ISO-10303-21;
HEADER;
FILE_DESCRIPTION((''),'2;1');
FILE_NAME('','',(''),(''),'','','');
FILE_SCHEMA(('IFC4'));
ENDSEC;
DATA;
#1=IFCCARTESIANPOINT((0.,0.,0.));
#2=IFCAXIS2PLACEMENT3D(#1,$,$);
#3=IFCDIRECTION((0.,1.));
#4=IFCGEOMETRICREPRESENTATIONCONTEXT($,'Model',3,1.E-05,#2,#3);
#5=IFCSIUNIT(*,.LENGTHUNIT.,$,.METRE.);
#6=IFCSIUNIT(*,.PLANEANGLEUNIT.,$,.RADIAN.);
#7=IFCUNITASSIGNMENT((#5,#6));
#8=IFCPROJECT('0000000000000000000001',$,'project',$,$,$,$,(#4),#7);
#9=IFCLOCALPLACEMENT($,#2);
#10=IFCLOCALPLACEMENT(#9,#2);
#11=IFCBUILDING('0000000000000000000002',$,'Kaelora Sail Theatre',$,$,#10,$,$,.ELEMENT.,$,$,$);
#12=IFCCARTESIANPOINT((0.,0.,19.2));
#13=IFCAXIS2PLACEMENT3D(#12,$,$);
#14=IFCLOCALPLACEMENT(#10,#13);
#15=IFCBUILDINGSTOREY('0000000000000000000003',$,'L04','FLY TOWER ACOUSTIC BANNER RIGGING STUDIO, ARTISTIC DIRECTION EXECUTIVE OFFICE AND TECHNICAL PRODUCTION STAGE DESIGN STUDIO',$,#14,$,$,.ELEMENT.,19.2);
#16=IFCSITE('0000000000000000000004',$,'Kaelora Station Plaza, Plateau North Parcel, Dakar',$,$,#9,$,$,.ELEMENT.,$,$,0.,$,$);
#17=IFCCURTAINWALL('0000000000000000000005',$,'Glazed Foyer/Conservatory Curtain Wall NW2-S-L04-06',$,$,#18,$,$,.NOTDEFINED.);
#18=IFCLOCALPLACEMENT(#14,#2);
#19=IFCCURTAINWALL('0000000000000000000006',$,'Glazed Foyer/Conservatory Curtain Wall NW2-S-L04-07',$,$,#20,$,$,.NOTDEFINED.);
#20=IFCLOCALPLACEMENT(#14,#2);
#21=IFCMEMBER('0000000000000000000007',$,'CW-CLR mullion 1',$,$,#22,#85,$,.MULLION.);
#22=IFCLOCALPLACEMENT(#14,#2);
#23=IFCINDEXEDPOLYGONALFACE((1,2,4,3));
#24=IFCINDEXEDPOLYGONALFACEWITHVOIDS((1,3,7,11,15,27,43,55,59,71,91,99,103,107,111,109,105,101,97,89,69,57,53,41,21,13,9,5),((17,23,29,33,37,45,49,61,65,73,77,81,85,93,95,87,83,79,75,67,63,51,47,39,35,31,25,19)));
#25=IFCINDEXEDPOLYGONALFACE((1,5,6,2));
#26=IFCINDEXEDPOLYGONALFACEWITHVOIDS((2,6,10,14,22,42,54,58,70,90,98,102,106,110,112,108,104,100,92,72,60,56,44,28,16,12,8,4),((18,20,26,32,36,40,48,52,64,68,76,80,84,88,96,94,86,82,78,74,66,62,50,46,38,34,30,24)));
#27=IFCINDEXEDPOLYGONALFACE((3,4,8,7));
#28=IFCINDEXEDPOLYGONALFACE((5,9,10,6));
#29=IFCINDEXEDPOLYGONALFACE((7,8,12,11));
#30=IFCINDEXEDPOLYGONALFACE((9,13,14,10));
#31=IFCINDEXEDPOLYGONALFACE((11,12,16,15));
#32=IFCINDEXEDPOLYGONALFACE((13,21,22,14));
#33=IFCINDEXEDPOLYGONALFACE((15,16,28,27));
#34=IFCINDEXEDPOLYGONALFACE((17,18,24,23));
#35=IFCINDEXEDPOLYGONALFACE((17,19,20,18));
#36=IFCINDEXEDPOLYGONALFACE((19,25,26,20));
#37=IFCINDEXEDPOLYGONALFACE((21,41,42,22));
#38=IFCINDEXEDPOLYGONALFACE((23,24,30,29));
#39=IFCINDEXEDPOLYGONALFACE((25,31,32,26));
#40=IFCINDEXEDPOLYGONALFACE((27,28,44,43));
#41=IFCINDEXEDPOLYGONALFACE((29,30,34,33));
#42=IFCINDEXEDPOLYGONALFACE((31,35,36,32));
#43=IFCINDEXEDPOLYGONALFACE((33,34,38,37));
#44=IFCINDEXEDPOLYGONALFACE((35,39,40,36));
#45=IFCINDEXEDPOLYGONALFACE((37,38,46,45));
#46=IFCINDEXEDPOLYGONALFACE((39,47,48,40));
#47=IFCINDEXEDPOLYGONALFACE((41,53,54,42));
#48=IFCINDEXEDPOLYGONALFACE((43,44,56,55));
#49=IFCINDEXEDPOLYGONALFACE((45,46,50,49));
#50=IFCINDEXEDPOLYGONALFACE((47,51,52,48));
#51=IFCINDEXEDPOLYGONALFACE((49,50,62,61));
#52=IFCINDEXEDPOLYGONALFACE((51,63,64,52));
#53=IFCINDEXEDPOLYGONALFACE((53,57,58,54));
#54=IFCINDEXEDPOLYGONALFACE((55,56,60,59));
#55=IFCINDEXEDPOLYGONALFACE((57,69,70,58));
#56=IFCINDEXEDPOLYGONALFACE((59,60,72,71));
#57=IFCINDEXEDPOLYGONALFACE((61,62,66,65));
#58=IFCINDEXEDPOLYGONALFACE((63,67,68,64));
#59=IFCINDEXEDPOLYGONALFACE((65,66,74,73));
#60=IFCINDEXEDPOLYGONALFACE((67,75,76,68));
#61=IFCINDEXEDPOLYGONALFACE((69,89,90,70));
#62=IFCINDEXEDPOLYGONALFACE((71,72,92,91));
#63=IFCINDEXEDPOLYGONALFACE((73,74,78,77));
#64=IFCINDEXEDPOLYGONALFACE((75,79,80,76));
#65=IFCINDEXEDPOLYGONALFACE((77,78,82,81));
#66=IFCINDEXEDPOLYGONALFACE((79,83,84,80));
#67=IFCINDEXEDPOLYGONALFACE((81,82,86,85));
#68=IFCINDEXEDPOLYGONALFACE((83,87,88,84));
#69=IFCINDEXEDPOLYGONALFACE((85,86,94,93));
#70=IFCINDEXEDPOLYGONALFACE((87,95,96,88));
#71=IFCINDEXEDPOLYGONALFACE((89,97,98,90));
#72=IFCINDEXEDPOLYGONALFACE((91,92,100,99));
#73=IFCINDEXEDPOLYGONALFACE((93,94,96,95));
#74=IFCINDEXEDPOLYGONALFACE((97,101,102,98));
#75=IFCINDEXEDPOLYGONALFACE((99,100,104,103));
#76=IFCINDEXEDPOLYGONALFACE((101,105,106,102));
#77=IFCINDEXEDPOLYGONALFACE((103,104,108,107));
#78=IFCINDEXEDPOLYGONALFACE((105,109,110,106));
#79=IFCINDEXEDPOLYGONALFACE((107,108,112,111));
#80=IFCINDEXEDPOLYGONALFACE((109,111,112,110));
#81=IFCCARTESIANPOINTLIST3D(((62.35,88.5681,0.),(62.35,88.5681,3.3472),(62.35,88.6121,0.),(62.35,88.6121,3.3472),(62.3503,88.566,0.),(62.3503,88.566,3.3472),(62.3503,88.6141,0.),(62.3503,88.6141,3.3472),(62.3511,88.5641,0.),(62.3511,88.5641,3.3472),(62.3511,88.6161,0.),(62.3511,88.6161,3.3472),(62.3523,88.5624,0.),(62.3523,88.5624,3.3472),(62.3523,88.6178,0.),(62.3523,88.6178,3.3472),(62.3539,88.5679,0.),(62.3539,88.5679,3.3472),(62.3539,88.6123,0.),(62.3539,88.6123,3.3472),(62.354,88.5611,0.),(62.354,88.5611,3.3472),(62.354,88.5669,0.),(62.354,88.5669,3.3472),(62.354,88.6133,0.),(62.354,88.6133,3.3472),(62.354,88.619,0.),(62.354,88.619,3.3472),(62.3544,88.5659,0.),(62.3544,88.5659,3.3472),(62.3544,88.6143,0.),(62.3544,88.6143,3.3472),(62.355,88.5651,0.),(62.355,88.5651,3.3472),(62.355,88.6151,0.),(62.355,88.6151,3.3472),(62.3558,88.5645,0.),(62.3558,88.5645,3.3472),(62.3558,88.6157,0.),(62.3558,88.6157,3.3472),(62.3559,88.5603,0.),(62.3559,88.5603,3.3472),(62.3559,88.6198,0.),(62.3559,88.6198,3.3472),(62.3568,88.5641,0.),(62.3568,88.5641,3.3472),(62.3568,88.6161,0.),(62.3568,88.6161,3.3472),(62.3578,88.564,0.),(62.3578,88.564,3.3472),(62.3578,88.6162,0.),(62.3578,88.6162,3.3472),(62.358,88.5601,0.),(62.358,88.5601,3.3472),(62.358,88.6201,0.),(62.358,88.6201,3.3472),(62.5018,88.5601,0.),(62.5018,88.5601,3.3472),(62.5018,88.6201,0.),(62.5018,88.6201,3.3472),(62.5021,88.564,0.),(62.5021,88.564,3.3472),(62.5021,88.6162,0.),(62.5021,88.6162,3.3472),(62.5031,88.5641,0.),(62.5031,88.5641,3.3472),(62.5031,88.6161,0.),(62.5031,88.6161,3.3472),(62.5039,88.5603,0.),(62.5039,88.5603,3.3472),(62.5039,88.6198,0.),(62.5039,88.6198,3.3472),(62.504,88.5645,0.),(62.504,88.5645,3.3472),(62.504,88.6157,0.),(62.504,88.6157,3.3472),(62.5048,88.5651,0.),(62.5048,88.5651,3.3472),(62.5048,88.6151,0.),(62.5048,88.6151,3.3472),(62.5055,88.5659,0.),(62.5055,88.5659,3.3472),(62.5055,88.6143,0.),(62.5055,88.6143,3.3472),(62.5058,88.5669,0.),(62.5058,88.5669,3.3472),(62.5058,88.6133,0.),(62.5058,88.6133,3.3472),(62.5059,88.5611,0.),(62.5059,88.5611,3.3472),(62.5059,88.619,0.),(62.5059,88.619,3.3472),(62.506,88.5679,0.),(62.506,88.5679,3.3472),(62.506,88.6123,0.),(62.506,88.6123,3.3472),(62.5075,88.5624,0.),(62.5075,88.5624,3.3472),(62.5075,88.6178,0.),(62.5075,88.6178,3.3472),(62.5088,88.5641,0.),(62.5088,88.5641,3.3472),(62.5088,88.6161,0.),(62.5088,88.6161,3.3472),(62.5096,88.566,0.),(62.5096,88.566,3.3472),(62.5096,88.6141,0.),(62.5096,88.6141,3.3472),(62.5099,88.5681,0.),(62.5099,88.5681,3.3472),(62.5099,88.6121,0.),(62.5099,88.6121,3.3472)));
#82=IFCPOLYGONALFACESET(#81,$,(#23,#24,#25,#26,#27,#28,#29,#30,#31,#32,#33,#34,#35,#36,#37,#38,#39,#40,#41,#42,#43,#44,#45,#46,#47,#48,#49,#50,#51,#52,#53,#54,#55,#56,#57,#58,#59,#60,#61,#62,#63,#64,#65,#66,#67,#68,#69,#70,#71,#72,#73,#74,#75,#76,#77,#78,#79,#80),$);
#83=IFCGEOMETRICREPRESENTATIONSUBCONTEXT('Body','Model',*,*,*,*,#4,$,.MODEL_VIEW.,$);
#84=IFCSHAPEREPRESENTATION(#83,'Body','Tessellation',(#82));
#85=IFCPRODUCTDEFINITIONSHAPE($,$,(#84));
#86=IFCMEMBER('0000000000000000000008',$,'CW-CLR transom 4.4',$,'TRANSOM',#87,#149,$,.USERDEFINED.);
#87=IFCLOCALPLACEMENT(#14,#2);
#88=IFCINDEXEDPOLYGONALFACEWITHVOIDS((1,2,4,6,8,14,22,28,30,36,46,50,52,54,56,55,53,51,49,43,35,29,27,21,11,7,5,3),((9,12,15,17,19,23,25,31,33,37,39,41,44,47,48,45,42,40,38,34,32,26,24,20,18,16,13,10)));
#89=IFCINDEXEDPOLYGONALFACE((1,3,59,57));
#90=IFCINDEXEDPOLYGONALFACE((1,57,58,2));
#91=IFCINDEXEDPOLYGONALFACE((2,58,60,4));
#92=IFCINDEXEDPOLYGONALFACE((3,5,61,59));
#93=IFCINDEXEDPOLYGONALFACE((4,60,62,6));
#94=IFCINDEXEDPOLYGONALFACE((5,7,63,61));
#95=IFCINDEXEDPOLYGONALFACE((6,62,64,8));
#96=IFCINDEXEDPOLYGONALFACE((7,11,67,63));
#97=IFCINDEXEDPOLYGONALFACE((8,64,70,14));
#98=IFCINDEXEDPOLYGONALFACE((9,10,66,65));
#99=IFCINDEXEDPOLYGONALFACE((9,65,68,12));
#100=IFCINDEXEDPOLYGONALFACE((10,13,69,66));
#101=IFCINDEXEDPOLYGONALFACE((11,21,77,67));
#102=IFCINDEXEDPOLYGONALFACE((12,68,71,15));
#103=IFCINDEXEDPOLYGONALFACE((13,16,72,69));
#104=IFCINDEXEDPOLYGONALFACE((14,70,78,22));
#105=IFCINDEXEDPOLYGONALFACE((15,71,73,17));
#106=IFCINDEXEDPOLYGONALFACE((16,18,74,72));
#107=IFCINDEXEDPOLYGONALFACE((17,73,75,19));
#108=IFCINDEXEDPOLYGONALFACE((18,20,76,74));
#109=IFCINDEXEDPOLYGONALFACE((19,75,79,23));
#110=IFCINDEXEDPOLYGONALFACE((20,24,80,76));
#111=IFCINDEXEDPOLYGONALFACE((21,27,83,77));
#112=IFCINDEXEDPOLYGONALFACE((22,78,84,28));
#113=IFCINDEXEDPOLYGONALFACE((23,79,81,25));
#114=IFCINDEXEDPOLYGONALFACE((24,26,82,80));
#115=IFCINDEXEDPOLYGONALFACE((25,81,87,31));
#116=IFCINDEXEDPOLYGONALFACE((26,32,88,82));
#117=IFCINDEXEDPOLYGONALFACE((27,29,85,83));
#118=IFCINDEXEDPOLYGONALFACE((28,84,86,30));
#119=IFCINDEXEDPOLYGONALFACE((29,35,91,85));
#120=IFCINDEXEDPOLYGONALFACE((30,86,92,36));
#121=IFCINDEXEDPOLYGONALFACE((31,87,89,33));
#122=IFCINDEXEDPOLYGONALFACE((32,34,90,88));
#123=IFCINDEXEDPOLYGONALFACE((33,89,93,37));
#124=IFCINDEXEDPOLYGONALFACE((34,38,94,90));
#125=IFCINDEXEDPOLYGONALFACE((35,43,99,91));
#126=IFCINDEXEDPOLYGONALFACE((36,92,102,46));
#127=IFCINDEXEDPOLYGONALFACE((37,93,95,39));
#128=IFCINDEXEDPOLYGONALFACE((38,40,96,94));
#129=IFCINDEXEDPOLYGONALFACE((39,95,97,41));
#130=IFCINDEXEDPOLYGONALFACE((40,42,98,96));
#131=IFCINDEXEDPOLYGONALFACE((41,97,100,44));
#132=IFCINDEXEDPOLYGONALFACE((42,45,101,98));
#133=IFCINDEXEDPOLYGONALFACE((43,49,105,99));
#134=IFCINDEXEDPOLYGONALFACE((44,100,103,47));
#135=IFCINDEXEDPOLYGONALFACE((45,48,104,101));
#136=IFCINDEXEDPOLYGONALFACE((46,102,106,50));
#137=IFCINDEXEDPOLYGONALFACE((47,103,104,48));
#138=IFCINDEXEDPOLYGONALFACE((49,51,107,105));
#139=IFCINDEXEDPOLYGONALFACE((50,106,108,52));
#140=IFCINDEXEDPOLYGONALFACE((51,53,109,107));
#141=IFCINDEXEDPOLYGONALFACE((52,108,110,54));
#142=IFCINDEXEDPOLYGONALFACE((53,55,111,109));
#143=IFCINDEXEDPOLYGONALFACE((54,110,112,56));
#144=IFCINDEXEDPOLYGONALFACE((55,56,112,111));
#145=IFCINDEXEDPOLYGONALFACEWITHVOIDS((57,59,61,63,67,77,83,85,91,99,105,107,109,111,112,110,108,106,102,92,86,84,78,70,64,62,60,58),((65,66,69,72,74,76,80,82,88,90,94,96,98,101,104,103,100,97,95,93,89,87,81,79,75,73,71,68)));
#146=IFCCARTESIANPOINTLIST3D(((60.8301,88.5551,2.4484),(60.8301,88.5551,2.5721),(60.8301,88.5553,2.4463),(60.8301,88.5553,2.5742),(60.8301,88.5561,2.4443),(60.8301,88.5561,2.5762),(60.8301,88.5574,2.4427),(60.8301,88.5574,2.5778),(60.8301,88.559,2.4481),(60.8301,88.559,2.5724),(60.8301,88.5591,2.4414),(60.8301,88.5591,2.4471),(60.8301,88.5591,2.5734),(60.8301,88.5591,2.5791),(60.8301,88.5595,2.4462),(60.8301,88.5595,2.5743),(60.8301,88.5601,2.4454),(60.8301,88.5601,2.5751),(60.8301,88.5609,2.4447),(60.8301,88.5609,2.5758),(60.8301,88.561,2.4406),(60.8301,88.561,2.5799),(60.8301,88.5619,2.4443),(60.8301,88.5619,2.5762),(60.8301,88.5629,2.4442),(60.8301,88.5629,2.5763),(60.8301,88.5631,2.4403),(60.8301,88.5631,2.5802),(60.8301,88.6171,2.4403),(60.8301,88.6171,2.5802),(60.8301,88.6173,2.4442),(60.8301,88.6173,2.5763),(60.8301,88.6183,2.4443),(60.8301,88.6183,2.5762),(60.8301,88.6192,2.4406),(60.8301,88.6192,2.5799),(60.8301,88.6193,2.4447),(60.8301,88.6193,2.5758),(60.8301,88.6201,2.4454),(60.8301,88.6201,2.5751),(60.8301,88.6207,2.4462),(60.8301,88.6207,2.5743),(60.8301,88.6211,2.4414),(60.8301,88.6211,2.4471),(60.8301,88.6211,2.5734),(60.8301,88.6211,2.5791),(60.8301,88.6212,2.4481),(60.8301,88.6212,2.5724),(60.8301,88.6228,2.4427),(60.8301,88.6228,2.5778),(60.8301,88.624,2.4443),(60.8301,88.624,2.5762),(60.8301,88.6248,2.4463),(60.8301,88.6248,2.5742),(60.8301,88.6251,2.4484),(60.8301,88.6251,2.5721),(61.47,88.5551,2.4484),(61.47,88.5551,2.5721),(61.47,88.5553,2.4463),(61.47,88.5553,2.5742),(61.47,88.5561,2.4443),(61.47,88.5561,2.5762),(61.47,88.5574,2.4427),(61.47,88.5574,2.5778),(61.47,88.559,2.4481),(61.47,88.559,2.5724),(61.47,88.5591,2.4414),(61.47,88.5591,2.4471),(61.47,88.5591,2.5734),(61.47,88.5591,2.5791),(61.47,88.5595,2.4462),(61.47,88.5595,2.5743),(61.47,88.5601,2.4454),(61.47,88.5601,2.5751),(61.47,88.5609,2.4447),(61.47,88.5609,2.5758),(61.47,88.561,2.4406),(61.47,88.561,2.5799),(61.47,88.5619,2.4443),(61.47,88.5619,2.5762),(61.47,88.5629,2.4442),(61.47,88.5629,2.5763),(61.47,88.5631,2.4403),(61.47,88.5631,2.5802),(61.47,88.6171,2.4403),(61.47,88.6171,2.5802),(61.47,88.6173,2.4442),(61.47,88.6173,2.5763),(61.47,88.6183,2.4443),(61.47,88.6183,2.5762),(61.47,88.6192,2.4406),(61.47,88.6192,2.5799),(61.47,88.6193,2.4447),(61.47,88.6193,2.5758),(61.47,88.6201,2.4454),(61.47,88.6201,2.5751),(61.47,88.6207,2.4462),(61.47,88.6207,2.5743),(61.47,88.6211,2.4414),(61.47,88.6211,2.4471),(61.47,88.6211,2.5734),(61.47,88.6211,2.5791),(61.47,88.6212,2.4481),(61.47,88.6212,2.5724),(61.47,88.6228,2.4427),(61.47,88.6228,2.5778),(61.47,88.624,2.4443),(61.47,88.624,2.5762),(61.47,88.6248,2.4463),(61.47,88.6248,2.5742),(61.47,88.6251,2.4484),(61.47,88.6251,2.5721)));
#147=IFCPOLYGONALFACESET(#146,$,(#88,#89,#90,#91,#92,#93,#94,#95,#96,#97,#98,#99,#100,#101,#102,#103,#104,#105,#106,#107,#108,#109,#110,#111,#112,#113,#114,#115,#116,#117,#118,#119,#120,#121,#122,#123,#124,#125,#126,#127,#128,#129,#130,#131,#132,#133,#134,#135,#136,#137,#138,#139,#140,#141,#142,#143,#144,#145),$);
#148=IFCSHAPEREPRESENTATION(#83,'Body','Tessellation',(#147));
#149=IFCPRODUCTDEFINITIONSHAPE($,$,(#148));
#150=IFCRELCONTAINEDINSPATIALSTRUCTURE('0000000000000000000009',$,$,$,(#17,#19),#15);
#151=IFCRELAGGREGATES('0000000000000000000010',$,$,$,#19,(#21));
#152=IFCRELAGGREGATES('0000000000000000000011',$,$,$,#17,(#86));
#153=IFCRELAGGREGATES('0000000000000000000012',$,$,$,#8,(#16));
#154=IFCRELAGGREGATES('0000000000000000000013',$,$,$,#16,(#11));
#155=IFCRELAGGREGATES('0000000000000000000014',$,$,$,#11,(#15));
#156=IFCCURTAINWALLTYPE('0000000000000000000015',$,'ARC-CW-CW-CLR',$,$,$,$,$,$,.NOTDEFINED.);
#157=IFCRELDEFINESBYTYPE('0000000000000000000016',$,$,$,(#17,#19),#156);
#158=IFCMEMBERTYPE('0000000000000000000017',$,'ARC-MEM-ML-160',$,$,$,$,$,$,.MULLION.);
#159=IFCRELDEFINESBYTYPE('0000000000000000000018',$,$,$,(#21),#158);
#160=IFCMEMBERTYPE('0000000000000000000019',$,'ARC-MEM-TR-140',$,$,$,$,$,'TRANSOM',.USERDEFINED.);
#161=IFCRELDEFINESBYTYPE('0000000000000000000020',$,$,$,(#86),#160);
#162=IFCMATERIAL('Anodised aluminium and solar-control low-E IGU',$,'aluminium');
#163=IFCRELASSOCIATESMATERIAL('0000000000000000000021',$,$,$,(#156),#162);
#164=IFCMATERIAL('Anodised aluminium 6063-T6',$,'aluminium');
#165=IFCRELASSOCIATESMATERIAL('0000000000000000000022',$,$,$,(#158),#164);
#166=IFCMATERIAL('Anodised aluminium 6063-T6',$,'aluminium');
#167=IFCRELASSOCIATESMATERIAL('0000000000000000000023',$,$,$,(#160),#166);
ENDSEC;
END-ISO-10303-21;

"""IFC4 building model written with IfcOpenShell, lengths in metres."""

from ifc_helpers import new_model, si_unit, direction, frame, origin, origin_2d, place, context, subcontext, project, spatial, hollow_rectangle, extrude, material, material_profile, profile_set, type_object, element, aggregate, save


model = new_model("IFC4")

# Units and contexts
model_context = context("Model", 3, precision=1e-05, world=origin(), true_north=direction((0.0, 1.0)))
body_context = subcontext(model_context, "Body", "Model", "MODEL_VIEW")
ifc_project = project(units=[si_unit("LENGTHUNIT", "METRE"), si_unit("PLANEANGLEUNIT", "RADIAN")], contexts=[model_context])

# Site, building, storey
site_placement = place(None, origin())
site = spatial("IfcSite", under=ifc_project, at=site_placement, Name="Kaelora Station Plaza, Plateau North Parcel, Dakar", CompositionType="ELEMENT", RefElevation=0.0)
building_placement = place(site_placement, origin())
building = spatial("IfcBuilding", under=site, at=building_placement, Name="Kaelora Sail Theatre", CompositionType="ELEMENT")
storey_placement = place(building_placement, frame((0.0, 0.0, 19.2)))
storey = spatial("IfcBuildingStorey", under=building, at=storey_placement, Name="L04", Description="FLY TOWER ACOUSTIC BANNER RIGGING STUDIO, ARTISTIC DIRECTION EXECUTIVE OFFICE AND TECHNICAL PRODUCTION STAGE DESIGN STUDIO", CompositionType="ELEMENT", Elevation=19.2)

# Curtain wall
ifc_material_1 = material(Name="Anodised aluminium and solar-control low-E IGU", Category="aluminium")
curtain_wall_type = type_object("IfcCurtainWallType", Name="ARC-CW-CW-CLR", PredefinedType="NOTDEFINED", material=ifc_material_1)
curtain_wall_1_placement = place(storey_placement, origin())
curtain_wall_1 = element("IfcCurtainWall", 1, at=curtain_wall_1_placement, inside=storey, type_object=curtain_wall_type, Name="Glazed Foyer/Conservatory Curtain Wall NW2-S-L04-06", PredefinedType="NOTDEFINED")
ifc_material_2 = material(Name="Anodised aluminium 6063-T6", Category="aluminium")
ifc_material_profile_1 = material_profile(ifc_material_2, hollow_rectangle(XDim=0.0601, YDim=0.1599, WallThickness=0.0039, InnerFilletRadius=0.0039, OuterFilletRadius=0.0081, at=origin_2d()), Name="ALU-MULL 60x160x4")
ifc_profile_set_1 = profile_set([ifc_material_profile_1], Name="Anodised aluminium 6063-T6")
member_type_1 = type_object("IfcMemberType", Name="ARC-MEM-ML-160", PredefinedType="MULLION", material=ifc_profile_set_1)

# Curtain wall, member
curtain_wall_2_placement = place(storey_placement, origin())
curtain_wall_2 = element("IfcCurtainWall", 2, at=curtain_wall_2_placement, inside=storey, type_object=curtain_wall_type, Name="Glazed Foyer/Conservatory Curtain Wall NW2-S-L04-07", PredefinedType="NOTDEFINED")
member_1_placement = place(storey_placement, frame((62.4299, 88.5901, 0.0), z_axis=(0.0, 0.0, 1.0), x_axis=(0.0, 1.0, 0.0)))
member_1 = element("IfcMember", 3, at=member_1_placement, type_object=member_type_1, Name="CW-CLR mullion 1", PredefinedType="MULLION", context=body_context, shape_type="SweptSolid", body=[
    extrude(hollow_rectangle(XDim=0.0601, YDim=0.1599, WallThickness=0.0039, InnerFilletRadius=0.0039, OuterFilletRadius=0.0081, at=origin_2d()), origin(), (0.0, 0.0, 1.0), 3.3472),
])

# Member
ifc_material_3 = material(Name="Anodised aluminium 6063-T6", Category="aluminium")
ifc_material_profile_2 = material_profile(ifc_material_3, hollow_rectangle(XDim=0.0701, YDim=0.1399, WallThickness=0.0039, InnerFilletRadius=0.0039, OuterFilletRadius=0.0081, at=origin_2d()), Name="ALU-TRAN 70x140x4")
ifc_profile_set_2 = profile_set([ifc_material_profile_2], Name="Anodised aluminium 6063-T6")
member_type_2 = type_object("IfcMemberType", Name="ARC-MEM-TR-140", ElementType="TRANSOM", PredefinedType="USERDEFINED", material=ifc_profile_set_2)
member_2_placement = place(storey_placement, frame((60.8301, 88.5901, 2.5103), z_axis=(1.0, 0.0, 0.0), x_axis=(0.0, 1.0, 0.0)))
member_2 = element("IfcMember", 4, at=member_2_placement, type_object=member_type_2, Name="CW-CLR transom 4.4", ObjectType="TRANSOM", PredefinedType="USERDEFINED", context=body_context, shape_type="SweptSolid", body=[
    extrude(hollow_rectangle(XDim=0.0701, YDim=0.1399, WallThickness=0.0039, InnerFilletRadius=0.0039, OuterFilletRadius=0.0081, at=origin_2d()), origin(), (0.0, 0.0, 1.0), 0.6399),
])
aggregate(curtain_wall_2, [member_1])

aggregate(curtain_wall_1, [member_2])

save(model, "model.ifc")
